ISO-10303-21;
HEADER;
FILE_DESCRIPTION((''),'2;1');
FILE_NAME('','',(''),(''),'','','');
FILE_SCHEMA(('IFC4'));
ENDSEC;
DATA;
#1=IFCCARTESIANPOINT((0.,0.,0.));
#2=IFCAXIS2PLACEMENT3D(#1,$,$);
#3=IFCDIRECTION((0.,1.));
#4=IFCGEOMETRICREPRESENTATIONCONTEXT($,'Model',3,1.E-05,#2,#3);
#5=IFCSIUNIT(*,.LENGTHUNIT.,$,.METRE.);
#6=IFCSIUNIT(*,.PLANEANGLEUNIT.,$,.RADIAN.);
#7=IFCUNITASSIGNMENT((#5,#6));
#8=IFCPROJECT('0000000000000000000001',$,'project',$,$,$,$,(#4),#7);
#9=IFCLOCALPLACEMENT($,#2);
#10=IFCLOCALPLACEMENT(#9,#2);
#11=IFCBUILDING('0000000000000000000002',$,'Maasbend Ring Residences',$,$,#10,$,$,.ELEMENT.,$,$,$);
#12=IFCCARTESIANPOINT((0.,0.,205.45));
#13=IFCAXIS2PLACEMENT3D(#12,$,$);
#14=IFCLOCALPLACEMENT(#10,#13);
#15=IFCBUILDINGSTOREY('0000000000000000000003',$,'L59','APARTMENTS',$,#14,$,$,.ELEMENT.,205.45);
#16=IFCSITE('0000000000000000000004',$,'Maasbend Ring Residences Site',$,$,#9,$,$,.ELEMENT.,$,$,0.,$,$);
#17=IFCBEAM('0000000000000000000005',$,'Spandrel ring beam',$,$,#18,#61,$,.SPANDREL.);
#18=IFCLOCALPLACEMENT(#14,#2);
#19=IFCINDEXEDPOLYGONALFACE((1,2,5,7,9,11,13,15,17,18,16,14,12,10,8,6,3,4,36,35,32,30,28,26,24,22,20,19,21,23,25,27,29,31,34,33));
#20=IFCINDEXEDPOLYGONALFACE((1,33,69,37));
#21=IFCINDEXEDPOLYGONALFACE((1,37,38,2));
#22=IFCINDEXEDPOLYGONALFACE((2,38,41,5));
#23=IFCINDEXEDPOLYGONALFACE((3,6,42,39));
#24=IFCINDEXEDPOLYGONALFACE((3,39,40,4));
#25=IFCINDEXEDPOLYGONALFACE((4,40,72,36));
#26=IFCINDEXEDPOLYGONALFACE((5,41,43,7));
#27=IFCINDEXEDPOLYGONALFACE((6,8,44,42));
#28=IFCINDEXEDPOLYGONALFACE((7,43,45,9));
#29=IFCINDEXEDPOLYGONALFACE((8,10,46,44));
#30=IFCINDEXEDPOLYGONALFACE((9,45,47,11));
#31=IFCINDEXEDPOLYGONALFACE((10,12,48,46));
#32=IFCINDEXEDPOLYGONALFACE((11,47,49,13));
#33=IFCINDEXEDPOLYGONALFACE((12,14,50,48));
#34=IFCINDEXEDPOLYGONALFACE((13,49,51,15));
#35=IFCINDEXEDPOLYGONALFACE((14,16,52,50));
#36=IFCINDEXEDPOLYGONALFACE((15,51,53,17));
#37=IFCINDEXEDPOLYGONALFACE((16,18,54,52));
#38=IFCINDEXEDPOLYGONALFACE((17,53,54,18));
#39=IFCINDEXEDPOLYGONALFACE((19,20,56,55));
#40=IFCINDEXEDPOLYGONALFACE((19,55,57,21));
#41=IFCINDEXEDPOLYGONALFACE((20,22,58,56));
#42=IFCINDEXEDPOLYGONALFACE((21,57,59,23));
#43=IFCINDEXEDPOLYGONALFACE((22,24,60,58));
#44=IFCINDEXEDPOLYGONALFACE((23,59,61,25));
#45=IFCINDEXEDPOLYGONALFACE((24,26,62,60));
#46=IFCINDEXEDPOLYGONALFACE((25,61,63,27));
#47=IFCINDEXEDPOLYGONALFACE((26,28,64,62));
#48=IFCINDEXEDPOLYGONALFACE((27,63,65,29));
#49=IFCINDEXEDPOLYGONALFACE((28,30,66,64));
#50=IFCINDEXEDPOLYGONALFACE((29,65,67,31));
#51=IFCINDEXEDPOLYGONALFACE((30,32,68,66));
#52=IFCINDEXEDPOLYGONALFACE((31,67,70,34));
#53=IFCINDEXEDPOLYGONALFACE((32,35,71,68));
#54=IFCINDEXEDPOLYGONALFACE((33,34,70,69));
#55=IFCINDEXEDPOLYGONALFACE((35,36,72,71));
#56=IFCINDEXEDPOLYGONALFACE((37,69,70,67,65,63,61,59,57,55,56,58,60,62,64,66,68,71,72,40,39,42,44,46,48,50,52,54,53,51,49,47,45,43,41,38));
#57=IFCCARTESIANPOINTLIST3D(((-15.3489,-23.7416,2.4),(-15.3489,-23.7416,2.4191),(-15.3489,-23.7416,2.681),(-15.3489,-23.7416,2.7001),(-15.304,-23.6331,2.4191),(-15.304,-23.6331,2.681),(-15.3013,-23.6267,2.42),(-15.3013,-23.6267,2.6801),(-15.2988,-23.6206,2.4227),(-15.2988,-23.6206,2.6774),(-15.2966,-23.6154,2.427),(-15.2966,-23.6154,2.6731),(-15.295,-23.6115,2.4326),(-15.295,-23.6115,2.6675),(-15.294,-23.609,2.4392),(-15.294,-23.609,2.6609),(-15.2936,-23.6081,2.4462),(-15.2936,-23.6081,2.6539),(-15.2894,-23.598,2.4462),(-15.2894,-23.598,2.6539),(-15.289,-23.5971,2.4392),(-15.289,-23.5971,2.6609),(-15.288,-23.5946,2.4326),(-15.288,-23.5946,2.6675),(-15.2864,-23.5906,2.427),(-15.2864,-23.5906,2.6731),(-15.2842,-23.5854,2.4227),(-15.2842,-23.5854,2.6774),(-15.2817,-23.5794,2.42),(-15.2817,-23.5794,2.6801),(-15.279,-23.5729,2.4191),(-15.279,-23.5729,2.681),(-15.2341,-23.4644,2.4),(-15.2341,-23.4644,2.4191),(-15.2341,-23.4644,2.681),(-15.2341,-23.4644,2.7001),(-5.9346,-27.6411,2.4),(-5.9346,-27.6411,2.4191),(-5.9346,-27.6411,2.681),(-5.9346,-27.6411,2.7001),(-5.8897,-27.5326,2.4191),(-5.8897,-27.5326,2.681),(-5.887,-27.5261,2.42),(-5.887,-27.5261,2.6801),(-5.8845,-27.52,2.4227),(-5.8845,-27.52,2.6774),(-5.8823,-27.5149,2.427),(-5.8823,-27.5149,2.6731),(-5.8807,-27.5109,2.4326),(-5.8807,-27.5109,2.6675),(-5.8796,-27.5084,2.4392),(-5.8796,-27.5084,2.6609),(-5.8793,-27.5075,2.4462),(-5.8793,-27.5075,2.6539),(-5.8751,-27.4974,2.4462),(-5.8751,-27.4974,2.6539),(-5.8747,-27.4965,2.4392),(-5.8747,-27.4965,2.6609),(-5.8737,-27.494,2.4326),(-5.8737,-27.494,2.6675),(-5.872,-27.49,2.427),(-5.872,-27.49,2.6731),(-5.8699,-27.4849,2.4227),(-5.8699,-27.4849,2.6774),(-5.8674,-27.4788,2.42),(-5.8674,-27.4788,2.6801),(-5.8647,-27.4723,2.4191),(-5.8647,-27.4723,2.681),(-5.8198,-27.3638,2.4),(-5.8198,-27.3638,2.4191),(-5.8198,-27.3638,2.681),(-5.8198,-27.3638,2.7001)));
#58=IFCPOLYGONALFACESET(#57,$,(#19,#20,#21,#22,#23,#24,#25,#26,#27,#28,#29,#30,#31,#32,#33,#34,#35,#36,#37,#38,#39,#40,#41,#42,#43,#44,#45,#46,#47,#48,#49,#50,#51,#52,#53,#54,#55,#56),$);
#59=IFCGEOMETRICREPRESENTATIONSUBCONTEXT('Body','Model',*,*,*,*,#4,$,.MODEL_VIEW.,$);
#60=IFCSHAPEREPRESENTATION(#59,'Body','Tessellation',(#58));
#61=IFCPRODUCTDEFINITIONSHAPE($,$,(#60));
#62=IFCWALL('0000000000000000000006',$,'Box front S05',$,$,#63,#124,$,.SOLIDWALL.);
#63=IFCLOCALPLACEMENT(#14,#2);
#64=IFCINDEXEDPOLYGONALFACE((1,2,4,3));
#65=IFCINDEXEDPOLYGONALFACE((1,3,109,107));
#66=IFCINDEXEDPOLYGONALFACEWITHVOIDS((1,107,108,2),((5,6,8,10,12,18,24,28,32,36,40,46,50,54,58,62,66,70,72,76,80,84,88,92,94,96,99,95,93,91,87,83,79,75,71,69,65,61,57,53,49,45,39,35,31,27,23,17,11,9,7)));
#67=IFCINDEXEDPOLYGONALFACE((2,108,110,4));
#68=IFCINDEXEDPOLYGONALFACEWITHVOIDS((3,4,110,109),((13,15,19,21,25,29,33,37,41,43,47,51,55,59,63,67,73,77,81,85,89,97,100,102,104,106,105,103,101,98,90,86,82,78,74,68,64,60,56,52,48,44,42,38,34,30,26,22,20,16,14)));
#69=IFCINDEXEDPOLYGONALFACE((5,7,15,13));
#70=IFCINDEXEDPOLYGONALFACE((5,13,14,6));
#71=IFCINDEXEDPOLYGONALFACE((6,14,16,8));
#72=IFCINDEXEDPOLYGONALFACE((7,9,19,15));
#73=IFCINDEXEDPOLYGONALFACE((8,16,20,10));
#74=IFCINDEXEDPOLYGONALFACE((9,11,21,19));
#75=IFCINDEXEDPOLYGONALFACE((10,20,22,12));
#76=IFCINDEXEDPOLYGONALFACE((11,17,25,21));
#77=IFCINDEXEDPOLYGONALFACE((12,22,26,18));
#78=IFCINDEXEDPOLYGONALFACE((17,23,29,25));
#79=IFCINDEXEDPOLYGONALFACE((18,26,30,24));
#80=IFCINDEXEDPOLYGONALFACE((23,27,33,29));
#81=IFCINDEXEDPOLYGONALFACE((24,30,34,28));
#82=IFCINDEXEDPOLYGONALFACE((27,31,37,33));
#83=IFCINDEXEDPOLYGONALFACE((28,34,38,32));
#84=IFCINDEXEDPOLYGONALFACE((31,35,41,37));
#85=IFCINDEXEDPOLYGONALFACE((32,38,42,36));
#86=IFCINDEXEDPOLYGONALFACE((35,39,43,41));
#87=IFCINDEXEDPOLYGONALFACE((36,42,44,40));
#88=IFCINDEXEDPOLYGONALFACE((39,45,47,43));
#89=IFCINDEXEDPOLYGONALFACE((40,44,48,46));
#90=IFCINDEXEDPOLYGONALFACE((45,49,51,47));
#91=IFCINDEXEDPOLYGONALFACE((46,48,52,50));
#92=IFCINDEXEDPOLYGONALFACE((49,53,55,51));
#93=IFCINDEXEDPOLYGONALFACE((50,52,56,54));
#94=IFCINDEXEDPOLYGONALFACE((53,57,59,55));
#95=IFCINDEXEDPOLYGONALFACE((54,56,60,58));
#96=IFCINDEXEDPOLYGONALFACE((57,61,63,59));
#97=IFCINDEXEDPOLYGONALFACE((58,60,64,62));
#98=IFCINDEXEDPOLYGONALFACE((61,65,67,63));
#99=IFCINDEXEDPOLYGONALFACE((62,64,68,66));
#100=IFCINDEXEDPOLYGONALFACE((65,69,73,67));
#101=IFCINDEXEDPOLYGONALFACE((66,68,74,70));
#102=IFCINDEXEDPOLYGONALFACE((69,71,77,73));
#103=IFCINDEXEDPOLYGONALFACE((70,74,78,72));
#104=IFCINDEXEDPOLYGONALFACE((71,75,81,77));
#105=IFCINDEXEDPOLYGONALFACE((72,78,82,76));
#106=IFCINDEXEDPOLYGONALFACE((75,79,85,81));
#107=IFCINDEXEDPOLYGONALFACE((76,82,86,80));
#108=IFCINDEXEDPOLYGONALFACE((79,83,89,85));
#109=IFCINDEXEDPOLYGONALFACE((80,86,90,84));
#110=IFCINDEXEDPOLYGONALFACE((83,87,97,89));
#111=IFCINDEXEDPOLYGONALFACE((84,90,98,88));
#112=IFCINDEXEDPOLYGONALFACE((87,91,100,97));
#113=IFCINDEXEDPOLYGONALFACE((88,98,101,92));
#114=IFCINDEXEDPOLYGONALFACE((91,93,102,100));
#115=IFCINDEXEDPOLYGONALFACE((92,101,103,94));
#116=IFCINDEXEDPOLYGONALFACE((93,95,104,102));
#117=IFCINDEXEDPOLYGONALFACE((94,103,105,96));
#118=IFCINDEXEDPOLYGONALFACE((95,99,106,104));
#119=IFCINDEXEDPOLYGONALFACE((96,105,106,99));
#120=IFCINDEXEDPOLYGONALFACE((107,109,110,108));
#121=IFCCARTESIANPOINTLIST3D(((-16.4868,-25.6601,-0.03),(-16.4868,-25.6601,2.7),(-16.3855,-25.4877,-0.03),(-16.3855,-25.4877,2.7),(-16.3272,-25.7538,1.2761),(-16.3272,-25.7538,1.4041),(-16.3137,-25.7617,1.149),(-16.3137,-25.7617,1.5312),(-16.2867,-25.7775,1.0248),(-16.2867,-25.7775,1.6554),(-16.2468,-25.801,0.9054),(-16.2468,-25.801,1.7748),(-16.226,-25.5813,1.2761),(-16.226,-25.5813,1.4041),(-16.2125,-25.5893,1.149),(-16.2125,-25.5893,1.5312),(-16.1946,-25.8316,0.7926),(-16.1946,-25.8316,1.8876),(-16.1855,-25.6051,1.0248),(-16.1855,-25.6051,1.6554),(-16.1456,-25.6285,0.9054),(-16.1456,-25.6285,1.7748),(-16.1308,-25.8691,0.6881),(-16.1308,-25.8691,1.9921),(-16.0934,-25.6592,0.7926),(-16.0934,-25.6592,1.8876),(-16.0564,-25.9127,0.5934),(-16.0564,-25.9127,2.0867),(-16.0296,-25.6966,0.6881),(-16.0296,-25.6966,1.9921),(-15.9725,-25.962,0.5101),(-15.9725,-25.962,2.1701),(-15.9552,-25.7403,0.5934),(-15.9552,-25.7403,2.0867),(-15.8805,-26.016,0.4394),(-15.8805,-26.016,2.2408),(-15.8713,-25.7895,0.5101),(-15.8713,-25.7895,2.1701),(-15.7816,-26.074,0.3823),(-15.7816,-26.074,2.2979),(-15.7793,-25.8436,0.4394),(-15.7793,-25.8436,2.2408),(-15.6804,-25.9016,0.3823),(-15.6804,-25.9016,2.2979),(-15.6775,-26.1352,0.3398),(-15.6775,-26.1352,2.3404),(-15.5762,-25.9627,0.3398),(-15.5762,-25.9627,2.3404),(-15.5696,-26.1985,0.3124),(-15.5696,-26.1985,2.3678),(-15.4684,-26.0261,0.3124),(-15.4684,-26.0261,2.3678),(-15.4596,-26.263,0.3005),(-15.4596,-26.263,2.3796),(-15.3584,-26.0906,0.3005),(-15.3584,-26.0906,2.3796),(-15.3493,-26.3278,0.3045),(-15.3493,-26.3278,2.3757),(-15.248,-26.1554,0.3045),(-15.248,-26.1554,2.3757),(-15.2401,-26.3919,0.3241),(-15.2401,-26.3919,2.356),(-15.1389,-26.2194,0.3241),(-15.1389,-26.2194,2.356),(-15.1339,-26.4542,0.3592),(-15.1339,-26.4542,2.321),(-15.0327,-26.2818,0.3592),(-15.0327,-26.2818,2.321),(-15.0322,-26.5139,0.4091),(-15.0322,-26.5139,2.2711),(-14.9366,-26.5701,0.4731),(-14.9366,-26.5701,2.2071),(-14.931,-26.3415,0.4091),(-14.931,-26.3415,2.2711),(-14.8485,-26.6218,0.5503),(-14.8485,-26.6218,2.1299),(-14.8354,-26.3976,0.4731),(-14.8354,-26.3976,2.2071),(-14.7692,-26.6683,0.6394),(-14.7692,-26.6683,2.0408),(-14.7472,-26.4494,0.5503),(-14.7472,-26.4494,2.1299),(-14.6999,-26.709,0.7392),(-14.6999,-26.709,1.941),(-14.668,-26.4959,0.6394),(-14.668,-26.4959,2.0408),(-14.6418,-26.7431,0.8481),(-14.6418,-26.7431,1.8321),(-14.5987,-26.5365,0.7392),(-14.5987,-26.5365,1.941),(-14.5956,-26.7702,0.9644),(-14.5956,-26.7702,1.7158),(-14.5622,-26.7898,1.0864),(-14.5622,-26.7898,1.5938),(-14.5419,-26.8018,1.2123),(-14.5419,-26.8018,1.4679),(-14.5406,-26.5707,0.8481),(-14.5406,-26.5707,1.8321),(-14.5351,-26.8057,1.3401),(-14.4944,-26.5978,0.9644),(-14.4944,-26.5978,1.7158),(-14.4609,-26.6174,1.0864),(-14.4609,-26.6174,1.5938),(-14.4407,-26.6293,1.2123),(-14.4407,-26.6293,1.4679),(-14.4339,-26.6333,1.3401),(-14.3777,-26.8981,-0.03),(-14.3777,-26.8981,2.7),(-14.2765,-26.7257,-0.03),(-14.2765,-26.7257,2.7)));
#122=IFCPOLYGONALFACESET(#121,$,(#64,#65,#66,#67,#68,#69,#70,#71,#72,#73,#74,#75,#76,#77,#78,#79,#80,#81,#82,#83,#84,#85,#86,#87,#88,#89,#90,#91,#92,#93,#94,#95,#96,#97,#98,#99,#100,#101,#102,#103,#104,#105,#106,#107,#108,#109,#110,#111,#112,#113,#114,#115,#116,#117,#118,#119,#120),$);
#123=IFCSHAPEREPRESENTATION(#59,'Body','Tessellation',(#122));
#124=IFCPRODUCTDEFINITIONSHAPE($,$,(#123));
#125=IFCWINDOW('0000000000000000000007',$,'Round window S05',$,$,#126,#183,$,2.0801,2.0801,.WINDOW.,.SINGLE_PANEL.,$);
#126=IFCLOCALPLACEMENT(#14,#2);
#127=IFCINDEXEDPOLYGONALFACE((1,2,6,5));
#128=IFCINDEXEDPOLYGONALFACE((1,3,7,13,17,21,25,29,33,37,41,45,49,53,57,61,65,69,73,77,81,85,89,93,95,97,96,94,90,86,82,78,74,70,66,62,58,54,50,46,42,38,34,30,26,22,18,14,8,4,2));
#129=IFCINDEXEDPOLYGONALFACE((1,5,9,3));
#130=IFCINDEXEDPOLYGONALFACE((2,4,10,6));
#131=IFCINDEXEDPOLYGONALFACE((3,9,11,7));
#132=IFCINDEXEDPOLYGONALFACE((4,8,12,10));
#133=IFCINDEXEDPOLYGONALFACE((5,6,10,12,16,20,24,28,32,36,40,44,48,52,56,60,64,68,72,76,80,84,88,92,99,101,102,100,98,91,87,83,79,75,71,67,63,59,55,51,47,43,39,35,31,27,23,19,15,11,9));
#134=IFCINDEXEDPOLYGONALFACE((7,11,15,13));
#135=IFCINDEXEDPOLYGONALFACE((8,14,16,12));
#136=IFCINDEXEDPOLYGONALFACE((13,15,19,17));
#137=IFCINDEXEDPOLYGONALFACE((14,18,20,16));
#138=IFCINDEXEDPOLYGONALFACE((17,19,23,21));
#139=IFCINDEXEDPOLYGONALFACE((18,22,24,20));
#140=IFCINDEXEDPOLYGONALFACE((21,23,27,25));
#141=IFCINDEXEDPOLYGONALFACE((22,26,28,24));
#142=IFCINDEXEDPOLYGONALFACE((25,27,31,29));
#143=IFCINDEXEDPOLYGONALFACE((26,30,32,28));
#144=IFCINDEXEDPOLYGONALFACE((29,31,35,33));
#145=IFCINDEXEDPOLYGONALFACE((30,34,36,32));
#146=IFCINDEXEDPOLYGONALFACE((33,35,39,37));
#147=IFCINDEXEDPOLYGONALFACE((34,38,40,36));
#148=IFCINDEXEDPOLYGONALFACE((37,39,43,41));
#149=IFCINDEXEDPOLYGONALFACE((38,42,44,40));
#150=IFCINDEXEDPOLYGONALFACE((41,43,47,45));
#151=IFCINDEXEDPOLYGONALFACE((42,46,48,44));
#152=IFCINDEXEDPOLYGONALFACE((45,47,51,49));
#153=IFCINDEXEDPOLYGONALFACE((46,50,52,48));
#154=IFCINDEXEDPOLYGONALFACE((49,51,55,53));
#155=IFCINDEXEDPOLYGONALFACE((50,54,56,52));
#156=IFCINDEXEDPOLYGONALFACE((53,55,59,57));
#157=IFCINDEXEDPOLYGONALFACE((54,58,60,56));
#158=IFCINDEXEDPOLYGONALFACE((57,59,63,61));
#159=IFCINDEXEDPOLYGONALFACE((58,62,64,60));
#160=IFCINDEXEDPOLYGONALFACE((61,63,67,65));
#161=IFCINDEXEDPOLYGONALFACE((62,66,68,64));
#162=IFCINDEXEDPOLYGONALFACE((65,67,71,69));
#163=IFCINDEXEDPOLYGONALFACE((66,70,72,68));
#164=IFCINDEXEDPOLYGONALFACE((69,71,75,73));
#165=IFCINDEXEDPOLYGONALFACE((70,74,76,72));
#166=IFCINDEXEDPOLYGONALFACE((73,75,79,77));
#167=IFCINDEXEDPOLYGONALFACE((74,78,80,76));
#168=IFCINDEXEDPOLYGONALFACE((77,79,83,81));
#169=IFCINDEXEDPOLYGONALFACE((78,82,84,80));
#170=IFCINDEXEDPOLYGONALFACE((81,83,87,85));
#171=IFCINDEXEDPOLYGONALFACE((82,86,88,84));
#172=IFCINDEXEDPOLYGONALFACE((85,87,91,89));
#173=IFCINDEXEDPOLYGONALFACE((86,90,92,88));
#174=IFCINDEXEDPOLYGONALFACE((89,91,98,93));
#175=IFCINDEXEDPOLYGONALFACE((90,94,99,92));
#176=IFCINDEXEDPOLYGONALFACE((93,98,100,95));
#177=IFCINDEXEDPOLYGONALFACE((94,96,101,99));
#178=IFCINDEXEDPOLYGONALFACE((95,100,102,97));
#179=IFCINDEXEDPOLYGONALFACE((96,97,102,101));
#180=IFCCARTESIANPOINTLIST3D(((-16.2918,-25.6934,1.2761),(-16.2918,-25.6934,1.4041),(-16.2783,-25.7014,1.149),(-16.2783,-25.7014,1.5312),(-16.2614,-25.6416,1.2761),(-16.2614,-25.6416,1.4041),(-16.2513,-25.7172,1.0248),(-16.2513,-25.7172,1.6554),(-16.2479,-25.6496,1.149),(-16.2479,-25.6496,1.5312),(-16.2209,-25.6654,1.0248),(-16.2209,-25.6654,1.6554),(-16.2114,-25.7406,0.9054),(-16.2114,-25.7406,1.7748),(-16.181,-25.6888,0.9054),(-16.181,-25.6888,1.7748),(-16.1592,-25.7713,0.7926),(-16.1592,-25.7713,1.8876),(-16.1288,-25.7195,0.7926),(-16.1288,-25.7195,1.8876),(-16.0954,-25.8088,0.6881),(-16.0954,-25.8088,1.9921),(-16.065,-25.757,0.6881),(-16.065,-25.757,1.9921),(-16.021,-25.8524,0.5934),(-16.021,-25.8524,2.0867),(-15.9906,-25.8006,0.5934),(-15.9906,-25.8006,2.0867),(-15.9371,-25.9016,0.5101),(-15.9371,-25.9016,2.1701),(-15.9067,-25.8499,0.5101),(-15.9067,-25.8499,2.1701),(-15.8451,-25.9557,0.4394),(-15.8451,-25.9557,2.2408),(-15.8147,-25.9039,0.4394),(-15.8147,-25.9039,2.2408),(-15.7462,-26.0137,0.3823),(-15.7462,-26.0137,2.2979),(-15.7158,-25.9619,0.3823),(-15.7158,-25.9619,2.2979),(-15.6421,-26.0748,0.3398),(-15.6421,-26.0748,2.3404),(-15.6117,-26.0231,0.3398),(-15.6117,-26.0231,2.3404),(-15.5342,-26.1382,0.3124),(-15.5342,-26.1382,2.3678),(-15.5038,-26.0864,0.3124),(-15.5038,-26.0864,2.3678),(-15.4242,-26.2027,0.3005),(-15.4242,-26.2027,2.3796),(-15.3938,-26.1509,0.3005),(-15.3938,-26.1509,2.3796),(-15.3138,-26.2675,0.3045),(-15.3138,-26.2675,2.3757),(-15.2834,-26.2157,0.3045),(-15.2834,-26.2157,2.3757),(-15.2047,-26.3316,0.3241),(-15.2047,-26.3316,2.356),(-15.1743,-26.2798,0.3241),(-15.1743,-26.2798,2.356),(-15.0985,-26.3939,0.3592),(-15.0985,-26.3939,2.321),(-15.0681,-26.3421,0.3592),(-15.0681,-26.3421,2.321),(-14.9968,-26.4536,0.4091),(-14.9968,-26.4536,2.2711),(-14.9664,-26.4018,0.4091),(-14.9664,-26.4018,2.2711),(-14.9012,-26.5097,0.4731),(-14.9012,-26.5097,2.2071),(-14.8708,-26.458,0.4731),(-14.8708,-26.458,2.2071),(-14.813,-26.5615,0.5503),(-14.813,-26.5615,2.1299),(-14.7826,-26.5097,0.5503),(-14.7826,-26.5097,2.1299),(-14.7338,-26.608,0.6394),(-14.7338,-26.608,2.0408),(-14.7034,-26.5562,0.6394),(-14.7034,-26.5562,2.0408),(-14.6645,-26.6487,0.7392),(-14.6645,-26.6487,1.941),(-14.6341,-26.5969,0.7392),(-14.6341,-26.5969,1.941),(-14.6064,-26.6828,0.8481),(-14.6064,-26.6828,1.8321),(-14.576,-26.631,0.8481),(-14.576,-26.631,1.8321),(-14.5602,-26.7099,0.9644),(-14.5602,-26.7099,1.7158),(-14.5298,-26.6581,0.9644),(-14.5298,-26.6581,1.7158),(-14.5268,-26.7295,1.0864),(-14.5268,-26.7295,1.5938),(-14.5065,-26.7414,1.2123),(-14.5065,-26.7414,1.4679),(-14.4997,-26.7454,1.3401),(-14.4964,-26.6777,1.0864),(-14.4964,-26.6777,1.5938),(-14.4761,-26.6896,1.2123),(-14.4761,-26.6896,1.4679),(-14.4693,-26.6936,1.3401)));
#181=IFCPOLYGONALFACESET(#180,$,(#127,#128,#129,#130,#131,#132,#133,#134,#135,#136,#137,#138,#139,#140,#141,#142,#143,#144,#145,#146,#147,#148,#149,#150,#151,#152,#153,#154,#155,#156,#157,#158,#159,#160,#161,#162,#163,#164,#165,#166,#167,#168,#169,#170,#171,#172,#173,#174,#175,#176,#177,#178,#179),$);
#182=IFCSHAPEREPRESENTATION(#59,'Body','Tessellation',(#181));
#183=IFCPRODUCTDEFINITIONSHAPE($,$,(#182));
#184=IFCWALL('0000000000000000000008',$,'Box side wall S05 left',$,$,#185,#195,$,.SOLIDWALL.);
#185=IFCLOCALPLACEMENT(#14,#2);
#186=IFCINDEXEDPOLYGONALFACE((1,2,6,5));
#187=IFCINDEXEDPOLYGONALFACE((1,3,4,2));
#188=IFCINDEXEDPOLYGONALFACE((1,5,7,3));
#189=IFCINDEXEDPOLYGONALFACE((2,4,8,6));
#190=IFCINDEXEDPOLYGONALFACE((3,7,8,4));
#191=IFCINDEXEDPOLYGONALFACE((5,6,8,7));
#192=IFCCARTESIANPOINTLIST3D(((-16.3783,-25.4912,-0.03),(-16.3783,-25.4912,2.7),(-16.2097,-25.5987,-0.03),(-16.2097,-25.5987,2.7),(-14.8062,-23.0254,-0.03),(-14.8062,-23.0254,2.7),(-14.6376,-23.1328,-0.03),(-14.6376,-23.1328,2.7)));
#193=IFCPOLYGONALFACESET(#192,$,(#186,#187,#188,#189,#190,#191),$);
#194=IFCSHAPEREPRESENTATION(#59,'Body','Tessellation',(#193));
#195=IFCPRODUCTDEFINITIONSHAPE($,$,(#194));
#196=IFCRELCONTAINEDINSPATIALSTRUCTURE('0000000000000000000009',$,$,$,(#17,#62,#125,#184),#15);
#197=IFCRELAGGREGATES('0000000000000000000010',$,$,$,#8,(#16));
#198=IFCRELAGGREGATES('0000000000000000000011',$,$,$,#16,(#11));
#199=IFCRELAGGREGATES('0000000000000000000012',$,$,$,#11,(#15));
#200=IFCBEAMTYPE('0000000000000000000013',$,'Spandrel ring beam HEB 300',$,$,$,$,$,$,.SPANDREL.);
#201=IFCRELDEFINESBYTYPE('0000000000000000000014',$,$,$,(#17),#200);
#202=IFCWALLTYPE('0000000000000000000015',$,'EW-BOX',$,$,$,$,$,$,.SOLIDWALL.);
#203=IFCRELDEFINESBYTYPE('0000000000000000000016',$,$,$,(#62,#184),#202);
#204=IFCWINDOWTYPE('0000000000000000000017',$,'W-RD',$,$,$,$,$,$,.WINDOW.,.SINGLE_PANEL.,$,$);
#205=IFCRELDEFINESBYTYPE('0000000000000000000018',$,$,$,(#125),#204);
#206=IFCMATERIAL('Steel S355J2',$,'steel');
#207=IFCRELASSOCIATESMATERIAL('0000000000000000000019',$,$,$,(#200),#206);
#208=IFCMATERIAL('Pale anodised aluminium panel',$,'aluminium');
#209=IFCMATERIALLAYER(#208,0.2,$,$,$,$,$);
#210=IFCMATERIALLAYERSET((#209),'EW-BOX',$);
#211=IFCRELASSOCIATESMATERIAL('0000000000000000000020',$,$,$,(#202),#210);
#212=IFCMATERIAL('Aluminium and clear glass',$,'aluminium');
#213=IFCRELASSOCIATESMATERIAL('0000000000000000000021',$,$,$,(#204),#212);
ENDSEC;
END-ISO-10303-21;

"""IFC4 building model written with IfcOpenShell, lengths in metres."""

from ifc_helpers import new_model, si_unit, direction, frame, frame_2d, origin, origin_2d, place, context, subcontext, project, spatial, rectangle, circle, i_section, extrude, material, layer, layer_set, material_profile, profile_set, type_object, element, fill, save


model = new_model("IFC4")

# Units and contexts
model_context = context("Model", 3, precision=1e-05, world=origin(), true_north=direction((0.0, 1.0)))
body_context = subcontext(model_context, "Body", "Model", "MODEL_VIEW")
ifc_project = project(units=[si_unit("LENGTHUNIT", "METRE"), si_unit("PLANEANGLEUNIT", "RADIAN")], contexts=[model_context])

# Site, building, storey
site_placement = place(None, origin())
site = spatial("IfcSite", under=ifc_project, at=site_placement, Name="Maasbend Ring Residences Site", CompositionType="ELEMENT", RefElevation=0.0)
building_placement = place(site_placement, origin())
building = spatial("IfcBuilding", under=site, at=building_placement, Name="Maasbend Ring Residences", CompositionType="ELEMENT")
storey_placement = place(building_placement, frame((0.0, 0.0, 205.45)))
storey = spatial("IfcBuildingStorey", under=building, at=storey_placement, Name="L59", Description="APARTMENTS", CompositionType="ELEMENT", Elevation=205.45)

# Beam
ifc_material_1 = material(Name="Steel S355J2", Category="steel")
ifc_material_profile_1 = material_profile(ifc_material_1, i_section(OverallWidth=0.3, OverallDepth=0.3, WebThickness=0.011, FlangeThickness=0.019, FilletRadius=0.0271, at=origin_2d()), Name="HEB 300")
ifc_profile_set_1 = profile_set([ifc_material_profile_1], Name="Steel S355J2")
beam_type_1 = type_object("IfcBeamType", Name="Spandrel ring beam HEB 300", PredefinedType="SPANDREL", material=ifc_profile_set_1)
beam_1_placement = place(storey_placement, frame((-15.2915, -23.603, 2.55), z_axis=(0.923884, -0.382673, 0.0), x_axis=(0.382673, 0.923884, 0.0)))
element("IfcBeam", 1, at=beam_1_placement, inside=storey, type_object=beam_type_1, Name="Spandrel ring beam", PredefinedType="SPANDREL", context=body_context, shape_type="SweptSolid", body=[
    extrude(i_section(OverallWidth=0.3, OverallDepth=0.3, WebThickness=0.011, FlangeThickness=0.019, FilletRadius=0.0271, at=origin_2d()), origin(), (0.0, 0.0, 1.0), 10.1899),
])

# Wall, opening, window
ifc_material_2 = material(Name="Pale anodised aluminium panel", Category="aluminium")
ifc_layer_1 = layer(ifc_material_2, 0.2)
ifc_layer_set_1 = layer_set([ifc_layer_1], Name="EW-BOX")
wall_type_1 = type_object("IfcWallType", Name="EW-BOX", PredefinedType="SOLIDWALL", material=ifc_layer_set_1)
wall_1_placement = place(storey_placement, frame((-16.436, -25.574, -0.03), z_axis=(0.0, 0.0, 1.0), x_axis=(0.862403, -0.506222, 0.0)))
wall_1 = element("IfcWall", 2, at=wall_1_placement, inside=storey, type_object=wall_type_1, Name="Box front S05", PredefinedType="SOLIDWALL", context=body_context, shape_type="SweptSolid", body=[
    extrude(rectangle(XDim=2.4456, YDim=0.2, at=frame_2d((1.2227, 0.0))), origin(), (0.0, 0.0, 1.0), 2.73),
])
opening_1_placement = place(wall_1_placement, frame((0.1829, 0.0, 0.3301)))
opening_1 = element("IfcOpeningElement", 3, at=opening_1_placement, cuts=wall_1, PredefinedType="OPENING", context=body_context, shape_type="SweptSolid", body=[
    extrude(circle(Radius=1.04, at=frame_2d((1.04, 1.04))), frame((0.0, 0.1099, 0.0), z_axis=(0.0, -1.0, 0.0), x_axis=(1.0, 0.0, 0.0)), (0.0, 0.0, 1.0), 0.22),
])
ifc_material_3 = material(Name="Aluminium and clear glass", Category="aluminium")
window_type_1 = type_object("IfcWindowType", Name="W-RD", PartitioningType="SINGLE_PANEL", PredefinedType="WINDOW", material=ifc_material_3)
window_1_placement = place(opening_1_placement, origin())
window_1 = element("IfcWindow", 4, at=window_1_placement, inside=storey, type_object=window_type_1, Name="Round window S05", OverallHeight=2.0801, OverallWidth=2.0801, PartitioningType="SINGLE_PANEL", PredefinedType="WINDOW", context=body_context, shape_type="SweptSolid", body=[
    extrude(circle(Radius=1.04, at=frame_2d((1.04, 1.04))), frame((0.0, 0.03, 0.0), z_axis=(0.0, -1.0, 0.0), x_axis=(1.0, 0.0, 0.0)), (0.0, 0.0, 1.0), 0.0601),
])
fill(opening_1, window_1)

# Wall
wall_2_placement = place(storey_placement, frame((-14.7219, -23.0791, -0.03), z_axis=(0.0, 0.0, 1.0), x_axis=(-0.537572, -0.843218, 0.0)))
element("IfcWall", 5, at=wall_2_placement, inside=storey, type_object=wall_type_1, Name="Box side wall S05 left", PredefinedType="SOLIDWALL", context=body_context, shape_type="SweptSolid", body=[
    extrude(rectangle(XDim=2.9243, YDim=0.2, at=frame_2d((1.4622, 0.0))), origin(), (0.0, 0.0, 1.0), 2.73),
])

save(model, "model.ifc")
